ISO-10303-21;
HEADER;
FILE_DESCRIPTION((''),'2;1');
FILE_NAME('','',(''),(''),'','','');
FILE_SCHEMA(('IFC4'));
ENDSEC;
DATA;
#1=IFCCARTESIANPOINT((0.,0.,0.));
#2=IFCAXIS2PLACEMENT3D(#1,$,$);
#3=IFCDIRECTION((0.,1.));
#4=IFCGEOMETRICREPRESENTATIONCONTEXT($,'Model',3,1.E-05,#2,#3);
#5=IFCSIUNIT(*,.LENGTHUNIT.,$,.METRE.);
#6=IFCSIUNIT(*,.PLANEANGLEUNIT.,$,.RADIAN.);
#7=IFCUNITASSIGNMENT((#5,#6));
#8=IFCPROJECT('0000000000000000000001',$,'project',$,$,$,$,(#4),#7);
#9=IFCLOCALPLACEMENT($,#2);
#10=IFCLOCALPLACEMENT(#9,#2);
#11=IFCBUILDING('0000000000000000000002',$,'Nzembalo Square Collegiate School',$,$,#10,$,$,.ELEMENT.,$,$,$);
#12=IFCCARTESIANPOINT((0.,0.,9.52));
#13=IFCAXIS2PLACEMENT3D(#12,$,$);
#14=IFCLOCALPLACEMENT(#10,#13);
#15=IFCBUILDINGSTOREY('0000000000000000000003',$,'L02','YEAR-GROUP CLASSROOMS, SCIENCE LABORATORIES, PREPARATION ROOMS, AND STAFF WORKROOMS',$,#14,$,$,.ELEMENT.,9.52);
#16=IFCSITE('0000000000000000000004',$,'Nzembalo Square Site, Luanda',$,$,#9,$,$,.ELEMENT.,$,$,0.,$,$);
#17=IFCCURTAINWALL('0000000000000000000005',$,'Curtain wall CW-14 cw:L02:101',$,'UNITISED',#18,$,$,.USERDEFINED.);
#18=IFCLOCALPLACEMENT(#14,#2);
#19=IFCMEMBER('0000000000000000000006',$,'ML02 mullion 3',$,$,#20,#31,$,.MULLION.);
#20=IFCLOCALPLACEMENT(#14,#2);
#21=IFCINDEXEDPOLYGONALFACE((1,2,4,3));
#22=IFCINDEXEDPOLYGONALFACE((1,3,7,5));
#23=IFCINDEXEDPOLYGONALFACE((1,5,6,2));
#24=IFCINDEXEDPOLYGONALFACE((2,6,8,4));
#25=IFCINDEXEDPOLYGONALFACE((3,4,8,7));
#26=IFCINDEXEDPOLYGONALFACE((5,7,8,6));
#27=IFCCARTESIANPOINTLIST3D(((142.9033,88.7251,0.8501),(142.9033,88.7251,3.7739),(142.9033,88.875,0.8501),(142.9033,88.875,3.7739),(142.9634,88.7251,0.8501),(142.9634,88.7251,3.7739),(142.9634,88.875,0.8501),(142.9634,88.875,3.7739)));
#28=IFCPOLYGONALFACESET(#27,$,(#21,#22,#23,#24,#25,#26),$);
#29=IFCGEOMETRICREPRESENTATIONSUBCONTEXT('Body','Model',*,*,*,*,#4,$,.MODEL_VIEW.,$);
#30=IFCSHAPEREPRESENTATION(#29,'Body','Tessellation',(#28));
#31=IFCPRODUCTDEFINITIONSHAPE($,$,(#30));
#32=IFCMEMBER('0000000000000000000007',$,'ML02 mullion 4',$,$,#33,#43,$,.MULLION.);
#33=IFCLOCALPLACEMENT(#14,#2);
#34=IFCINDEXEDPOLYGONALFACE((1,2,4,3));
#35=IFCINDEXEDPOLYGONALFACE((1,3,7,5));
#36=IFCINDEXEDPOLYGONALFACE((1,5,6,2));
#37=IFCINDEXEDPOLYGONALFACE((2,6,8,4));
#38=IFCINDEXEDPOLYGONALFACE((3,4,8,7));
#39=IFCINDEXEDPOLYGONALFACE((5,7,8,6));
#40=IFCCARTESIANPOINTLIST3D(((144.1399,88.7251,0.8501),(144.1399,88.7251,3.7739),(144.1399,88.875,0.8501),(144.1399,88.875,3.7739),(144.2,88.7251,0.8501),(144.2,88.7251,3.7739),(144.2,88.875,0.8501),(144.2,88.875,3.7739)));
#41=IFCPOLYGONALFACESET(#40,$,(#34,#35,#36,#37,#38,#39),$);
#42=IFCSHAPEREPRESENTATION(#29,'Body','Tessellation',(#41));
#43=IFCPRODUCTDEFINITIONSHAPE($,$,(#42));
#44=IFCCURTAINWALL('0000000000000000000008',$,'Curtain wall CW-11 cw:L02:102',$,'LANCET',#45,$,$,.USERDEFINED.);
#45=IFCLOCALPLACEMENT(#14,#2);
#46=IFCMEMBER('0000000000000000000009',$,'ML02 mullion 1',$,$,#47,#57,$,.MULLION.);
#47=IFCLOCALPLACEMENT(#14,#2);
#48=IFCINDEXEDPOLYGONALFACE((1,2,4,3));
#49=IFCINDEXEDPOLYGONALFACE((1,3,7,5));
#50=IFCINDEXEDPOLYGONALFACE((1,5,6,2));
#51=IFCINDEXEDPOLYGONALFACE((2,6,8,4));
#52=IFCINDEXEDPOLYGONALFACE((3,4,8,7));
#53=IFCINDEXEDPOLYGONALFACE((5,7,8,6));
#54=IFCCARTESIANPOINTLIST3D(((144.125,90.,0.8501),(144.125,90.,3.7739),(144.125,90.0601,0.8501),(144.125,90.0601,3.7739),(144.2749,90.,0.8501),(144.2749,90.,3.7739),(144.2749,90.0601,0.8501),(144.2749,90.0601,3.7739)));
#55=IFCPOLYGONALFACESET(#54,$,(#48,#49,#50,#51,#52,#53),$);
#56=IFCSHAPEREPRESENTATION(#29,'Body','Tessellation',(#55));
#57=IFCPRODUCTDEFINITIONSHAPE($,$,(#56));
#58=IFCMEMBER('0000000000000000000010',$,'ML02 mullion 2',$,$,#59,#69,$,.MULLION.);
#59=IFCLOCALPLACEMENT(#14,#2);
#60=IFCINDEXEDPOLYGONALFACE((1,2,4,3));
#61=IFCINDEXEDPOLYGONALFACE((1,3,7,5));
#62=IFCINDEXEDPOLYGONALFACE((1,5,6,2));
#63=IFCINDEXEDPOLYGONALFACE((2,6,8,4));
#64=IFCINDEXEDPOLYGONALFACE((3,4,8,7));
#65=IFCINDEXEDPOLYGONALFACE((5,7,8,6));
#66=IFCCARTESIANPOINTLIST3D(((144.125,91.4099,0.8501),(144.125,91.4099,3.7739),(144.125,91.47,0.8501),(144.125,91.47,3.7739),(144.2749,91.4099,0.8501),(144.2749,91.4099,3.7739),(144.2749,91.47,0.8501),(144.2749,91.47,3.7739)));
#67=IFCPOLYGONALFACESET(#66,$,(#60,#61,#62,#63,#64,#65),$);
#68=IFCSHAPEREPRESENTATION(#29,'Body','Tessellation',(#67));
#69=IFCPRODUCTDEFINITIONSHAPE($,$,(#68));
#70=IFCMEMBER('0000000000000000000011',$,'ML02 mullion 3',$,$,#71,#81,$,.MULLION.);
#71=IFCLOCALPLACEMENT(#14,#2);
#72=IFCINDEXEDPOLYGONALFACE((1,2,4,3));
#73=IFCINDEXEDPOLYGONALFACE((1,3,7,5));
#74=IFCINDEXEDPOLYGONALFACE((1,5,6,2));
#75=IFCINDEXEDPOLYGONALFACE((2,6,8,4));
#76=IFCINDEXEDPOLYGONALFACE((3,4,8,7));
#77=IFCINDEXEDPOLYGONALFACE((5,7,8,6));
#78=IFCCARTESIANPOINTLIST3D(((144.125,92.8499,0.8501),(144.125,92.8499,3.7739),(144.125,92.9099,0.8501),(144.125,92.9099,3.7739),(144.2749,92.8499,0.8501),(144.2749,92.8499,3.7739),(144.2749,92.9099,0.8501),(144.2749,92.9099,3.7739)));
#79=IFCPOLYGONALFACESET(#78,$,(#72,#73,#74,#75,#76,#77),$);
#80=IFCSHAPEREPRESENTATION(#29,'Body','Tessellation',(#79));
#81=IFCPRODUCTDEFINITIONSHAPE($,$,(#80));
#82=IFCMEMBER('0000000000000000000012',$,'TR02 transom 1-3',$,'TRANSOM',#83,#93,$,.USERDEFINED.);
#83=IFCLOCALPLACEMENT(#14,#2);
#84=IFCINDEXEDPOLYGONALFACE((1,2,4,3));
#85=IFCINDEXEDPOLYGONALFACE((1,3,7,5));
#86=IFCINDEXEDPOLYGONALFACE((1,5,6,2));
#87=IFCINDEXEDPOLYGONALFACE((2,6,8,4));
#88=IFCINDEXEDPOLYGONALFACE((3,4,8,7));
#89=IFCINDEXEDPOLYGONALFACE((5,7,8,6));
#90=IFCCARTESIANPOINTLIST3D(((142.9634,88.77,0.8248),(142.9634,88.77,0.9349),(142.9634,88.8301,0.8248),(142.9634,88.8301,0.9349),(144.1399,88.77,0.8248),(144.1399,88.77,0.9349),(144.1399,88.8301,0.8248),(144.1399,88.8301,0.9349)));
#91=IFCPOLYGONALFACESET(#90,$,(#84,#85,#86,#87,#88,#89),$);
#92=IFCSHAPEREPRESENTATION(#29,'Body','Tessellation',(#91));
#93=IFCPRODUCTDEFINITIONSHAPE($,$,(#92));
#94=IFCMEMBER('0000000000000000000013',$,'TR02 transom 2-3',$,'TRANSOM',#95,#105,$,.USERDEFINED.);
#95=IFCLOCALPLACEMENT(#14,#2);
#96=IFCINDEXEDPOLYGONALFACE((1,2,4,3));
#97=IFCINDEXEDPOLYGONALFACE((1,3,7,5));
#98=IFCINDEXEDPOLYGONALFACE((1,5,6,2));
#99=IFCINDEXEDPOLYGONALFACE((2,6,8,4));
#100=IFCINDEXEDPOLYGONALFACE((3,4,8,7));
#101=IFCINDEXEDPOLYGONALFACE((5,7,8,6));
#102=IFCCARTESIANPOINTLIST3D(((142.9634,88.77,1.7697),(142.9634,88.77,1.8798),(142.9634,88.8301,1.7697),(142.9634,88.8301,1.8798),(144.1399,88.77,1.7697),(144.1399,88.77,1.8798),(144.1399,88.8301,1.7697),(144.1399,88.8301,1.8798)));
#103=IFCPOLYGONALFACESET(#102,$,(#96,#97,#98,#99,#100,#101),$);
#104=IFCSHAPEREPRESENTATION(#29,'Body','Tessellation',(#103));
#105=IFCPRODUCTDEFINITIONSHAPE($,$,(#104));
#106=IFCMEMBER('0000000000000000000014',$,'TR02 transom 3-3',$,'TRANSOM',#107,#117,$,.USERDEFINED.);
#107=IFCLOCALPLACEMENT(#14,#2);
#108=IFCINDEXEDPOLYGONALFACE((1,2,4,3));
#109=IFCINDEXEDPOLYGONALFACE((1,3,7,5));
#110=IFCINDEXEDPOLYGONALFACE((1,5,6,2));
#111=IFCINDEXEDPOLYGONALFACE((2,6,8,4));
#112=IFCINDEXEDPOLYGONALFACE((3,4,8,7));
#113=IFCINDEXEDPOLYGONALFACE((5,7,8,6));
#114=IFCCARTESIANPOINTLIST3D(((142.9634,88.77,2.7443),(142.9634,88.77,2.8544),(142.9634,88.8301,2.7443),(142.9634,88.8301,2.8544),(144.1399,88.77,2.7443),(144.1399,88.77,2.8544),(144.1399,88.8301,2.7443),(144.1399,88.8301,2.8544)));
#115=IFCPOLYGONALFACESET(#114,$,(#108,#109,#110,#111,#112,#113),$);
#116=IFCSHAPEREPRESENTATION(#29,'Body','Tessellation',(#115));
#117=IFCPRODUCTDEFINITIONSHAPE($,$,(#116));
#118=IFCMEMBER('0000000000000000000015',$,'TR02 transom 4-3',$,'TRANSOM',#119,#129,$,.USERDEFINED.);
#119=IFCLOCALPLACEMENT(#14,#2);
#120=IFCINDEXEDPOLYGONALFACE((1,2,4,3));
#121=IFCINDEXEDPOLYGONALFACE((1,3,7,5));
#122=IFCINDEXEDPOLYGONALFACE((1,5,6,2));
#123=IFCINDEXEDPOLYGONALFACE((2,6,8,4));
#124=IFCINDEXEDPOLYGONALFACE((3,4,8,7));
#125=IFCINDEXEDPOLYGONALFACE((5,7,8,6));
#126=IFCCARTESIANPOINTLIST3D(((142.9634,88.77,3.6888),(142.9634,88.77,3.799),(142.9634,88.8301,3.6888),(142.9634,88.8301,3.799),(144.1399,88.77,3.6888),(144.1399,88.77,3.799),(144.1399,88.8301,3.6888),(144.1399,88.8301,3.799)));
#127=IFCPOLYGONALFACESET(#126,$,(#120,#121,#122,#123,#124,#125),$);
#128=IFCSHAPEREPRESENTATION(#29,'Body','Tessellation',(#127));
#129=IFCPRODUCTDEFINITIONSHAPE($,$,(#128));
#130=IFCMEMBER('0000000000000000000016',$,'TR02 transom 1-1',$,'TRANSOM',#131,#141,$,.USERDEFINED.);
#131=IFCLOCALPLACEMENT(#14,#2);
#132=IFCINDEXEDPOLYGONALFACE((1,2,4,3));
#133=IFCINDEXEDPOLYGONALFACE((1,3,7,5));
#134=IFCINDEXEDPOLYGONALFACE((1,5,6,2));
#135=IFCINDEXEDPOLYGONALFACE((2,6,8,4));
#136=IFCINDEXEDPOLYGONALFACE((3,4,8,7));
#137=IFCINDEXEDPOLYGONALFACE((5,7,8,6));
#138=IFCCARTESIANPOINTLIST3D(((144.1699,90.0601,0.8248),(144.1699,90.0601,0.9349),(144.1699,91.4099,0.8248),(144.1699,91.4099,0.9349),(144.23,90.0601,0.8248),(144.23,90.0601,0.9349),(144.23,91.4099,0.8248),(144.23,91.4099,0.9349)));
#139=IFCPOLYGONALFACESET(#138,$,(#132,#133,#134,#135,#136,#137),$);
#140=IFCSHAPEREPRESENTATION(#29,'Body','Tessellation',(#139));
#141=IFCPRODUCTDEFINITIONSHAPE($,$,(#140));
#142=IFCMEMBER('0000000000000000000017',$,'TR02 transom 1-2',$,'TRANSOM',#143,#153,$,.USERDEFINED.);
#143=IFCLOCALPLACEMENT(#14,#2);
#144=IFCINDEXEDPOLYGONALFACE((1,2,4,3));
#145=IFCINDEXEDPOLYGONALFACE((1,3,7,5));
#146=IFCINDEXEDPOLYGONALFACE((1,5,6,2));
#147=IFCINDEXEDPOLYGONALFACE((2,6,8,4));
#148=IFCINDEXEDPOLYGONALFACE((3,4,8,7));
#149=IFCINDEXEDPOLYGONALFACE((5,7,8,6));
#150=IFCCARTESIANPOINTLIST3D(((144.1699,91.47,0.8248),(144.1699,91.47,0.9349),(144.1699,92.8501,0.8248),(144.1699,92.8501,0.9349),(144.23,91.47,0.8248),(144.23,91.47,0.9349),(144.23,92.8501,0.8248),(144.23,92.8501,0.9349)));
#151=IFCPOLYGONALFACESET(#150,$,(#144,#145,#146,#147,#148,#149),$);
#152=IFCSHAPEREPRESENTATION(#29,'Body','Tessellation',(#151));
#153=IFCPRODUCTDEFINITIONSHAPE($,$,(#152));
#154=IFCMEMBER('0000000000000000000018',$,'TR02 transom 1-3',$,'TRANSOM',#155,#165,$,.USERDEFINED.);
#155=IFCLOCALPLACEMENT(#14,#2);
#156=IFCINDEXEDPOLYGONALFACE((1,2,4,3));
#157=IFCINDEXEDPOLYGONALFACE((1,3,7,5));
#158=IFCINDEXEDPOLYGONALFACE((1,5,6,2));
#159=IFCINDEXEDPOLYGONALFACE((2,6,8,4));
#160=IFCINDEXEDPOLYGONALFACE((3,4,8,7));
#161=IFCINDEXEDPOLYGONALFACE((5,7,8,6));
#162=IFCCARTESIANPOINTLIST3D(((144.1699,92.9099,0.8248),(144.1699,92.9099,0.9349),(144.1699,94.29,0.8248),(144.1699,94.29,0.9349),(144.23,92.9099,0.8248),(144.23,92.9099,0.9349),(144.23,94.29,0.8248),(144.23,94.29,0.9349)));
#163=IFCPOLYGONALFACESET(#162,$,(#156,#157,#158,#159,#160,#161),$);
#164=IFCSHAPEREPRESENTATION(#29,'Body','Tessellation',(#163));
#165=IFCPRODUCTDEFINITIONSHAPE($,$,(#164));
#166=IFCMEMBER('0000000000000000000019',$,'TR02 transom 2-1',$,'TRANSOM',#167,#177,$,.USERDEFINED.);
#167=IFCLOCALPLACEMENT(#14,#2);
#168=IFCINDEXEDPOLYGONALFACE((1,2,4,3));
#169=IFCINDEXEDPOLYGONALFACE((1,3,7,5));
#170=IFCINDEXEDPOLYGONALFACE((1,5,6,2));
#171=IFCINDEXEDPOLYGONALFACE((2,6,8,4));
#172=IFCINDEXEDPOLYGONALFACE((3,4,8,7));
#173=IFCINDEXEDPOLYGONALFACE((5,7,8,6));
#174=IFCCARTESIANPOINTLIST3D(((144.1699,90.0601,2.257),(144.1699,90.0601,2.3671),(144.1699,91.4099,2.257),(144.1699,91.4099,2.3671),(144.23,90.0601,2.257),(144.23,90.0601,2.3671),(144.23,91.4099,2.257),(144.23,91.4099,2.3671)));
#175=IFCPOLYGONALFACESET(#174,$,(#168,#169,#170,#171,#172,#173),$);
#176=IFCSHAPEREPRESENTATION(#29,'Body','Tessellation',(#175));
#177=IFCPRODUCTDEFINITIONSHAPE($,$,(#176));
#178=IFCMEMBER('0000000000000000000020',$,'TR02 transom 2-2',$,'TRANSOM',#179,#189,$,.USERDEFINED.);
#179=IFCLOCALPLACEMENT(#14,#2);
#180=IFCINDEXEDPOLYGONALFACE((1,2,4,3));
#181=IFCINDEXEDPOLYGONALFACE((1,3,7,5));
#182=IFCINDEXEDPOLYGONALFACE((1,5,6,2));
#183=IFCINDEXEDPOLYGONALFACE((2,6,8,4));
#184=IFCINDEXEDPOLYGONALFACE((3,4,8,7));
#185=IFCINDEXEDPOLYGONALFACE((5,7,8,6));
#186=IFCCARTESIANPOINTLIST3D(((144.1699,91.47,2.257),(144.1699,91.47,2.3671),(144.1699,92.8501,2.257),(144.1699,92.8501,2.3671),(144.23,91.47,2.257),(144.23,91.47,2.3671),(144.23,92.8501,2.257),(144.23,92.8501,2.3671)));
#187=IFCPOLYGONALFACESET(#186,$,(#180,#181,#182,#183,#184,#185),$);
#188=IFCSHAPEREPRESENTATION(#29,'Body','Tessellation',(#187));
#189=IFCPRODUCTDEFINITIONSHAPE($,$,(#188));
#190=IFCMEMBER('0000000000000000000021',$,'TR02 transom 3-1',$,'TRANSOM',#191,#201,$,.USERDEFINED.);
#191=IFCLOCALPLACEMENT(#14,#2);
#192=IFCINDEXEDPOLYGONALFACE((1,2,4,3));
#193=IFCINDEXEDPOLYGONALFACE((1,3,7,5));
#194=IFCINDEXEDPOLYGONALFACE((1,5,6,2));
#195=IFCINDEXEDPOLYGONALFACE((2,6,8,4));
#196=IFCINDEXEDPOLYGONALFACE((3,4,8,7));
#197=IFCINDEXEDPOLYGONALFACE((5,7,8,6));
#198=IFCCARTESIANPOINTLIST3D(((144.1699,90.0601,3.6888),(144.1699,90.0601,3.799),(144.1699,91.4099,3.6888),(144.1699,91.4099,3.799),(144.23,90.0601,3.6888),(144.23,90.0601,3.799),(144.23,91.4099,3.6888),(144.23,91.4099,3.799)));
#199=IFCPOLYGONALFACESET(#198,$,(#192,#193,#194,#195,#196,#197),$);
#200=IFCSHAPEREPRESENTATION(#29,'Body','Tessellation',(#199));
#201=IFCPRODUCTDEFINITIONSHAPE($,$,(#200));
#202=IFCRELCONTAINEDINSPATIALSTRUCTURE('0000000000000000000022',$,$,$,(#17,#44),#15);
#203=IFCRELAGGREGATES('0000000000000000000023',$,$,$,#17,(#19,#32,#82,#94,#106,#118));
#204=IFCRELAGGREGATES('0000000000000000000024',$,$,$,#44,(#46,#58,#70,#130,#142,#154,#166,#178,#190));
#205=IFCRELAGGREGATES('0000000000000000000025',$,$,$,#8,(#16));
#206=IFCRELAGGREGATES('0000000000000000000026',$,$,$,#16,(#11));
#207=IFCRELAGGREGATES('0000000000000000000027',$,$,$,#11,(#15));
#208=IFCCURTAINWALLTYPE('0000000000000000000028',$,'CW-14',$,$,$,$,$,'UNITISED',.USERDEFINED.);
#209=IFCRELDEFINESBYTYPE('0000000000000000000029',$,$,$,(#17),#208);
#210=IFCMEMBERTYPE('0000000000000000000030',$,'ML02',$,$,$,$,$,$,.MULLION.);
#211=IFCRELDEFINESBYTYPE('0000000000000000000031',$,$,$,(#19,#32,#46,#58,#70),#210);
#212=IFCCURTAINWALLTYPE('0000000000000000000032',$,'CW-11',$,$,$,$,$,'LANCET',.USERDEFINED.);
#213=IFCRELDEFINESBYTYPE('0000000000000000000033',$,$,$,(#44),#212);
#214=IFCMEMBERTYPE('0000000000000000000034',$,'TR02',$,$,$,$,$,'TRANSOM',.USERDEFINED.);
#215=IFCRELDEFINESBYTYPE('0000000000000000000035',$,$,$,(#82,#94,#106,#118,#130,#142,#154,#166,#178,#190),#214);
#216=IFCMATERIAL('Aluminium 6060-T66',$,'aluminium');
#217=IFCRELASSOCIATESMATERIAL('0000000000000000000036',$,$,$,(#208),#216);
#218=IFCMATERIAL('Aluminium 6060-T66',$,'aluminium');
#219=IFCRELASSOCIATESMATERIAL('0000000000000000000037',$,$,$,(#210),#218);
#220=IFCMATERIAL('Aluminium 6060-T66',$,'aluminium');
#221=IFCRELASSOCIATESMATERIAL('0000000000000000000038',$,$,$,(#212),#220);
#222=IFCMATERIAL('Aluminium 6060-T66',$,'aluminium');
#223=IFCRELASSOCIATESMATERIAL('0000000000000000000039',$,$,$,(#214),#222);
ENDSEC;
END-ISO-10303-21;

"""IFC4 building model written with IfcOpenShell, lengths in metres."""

from ifc_helpers import new_model, si_unit, direction, frame, origin, origin_2d, place, context, subcontext, project, spatial, rectangle, extrude, material, material_profile, profile_set, type_object, element, aggregate, save


model = new_model("IFC4")

# Units and contexts
model_context = context("Model", 3, precision=1e-05, world=origin(), true_north=direction((0.0, 1.0)))
body_context = subcontext(model_context, "Body", "Model", "MODEL_VIEW")
ifc_project = project(units=[si_unit("LENGTHUNIT", "METRE"), si_unit("PLANEANGLEUNIT", "RADIAN")], contexts=[model_context])

# Site, building, storey
site_placement = place(None, origin())
site = spatial("IfcSite", under=ifc_project, at=site_placement, Name="Nzembalo Square Site, Luanda", CompositionType="ELEMENT", RefElevation=0.0)
building_placement = place(site_placement, origin())
building = spatial("IfcBuilding", under=site, at=building_placement, Name="Nzembalo Square Collegiate School", CompositionType="ELEMENT")
storey_placement = place(building_placement, frame((0.0, 0.0, 9.52)))
storey = spatial("IfcBuildingStorey", under=building, at=storey_placement, Name="L02", Description="YEAR-GROUP CLASSROOMS, SCIENCE LABORATORIES, PREPARATION ROOMS, AND STAFF WORKROOMS", CompositionType="ELEMENT", Elevation=9.52)

# Curtain walls, members
ifc_material_1 = material(Name="Aluminium 6060-T66", Category="aluminium")
curtain_wall_type_1 = type_object("IfcCurtainWallType", Name="CW-14", ElementType="UNITISED", PredefinedType="USERDEFINED", material=ifc_material_1)
curtain_wall_1_placement = place(storey_placement, origin())
curtain_wall_1 = element("IfcCurtainWall", 1, at=curtain_wall_1_placement, inside=storey, type_object=curtain_wall_type_1, Name="Curtain wall CW-14 cw:L02:101", ObjectType="UNITISED", PredefinedType="USERDEFINED")
ifc_material_2 = material(Name="Aluminium 6060-T66", Category="aluminium")
ifc_material_profile_1 = material_profile(ifc_material_2, rectangle(XDim=0.0601, YDim=0.1499, at=origin_2d()), Name="ALU M60x150")
ifc_profile_set_1 = profile_set([ifc_material_profile_1], Name="Aluminium 6060-T66")
member_type_1 = type_object("IfcMemberType", Name="ML02", PredefinedType="MULLION", material=ifc_profile_set_1)
member_1_placement = place(storey_placement, frame((142.9333, 88.8, 0.8501), z_axis=(0.0, 0.0, 1.0), x_axis=(1.0, 0.0, 0.0)))
member_1 = element("IfcMember", 2, at=member_1_placement, type_object=member_type_1, Name="ML02 mullion 3", PredefinedType="MULLION", context=body_context, shape_type="SweptSolid", body=[
    extrude(rectangle(XDim=0.0601, YDim=0.1499, at=origin_2d()), origin(), (0.0, 0.0, 1.0), 2.9238),
])
member_2_placement = place(storey_placement, frame((144.1699, 88.8, 0.8501), z_axis=(0.0, 0.0, 1.0), x_axis=(1.0, 0.0, 0.0)))
member_2 = element("IfcMember", 3, at=member_2_placement, type_object=member_type_1, Name="ML02 mullion 4", PredefinedType="MULLION", context=body_context, shape_type="SweptSolid", body=[
    extrude(rectangle(XDim=0.0601, YDim=0.1499, at=origin_2d()), origin(), (0.0, 0.0, 1.0), 2.9238),
])
ifc_material_3 = material(Name="Aluminium 6060-T66", Category="aluminium")
curtain_wall_type_2 = type_object("IfcCurtainWallType", Name="CW-11", ElementType="LANCET", PredefinedType="USERDEFINED", material=ifc_material_3)
curtain_wall_2_placement = place(storey_placement, origin())
curtain_wall_2 = element("IfcCurtainWall", 4, at=curtain_wall_2_placement, inside=storey, type_object=curtain_wall_type_2, Name="Curtain wall CW-11 cw:L02:102", ObjectType="LANCET", PredefinedType="USERDEFINED")
member_3_placement = place(storey_placement, frame((144.2, 90.03, 0.8501), z_axis=(0.0, 0.0, 1.0), x_axis=(0.0, 1.0, 0.0)))
member_3 = element("IfcMember", 5, at=member_3_placement, type_object=member_type_1, Name="ML02 mullion 1", PredefinedType="MULLION", context=body_context, shape_type="SweptSolid", body=[
    extrude(rectangle(XDim=0.0601, YDim=0.1499, at=origin_2d()), origin(), (0.0, 0.0, 1.0), 2.9238),
])
member_4_placement = place(storey_placement, frame((144.2, 91.4399, 0.8501), z_axis=(0.0, 0.0, 1.0), x_axis=(0.0, 1.0, 0.0)))
member_4 = element("IfcMember", 6, at=member_4_placement, type_object=member_type_1, Name="ML02 mullion 2", PredefinedType="MULLION", context=body_context, shape_type="SweptSolid", body=[
    extrude(rectangle(XDim=0.0601, YDim=0.1499, at=origin_2d()), origin(), (0.0, 0.0, 1.0), 2.9238),
])
member_5_placement = place(storey_placement, frame((144.2, 92.8799, 0.8501), z_axis=(0.0, 0.0, 1.0), x_axis=(0.0, 1.0, 0.0)))
member_5 = element("IfcMember", 7, at=member_5_placement, type_object=member_type_1, Name="ML02 mullion 3", PredefinedType="MULLION", context=body_context, shape_type="SweptSolid", body=[
    extrude(rectangle(XDim=0.0601, YDim=0.1499, at=origin_2d()), origin(), (0.0, 0.0, 1.0), 2.9238),
])

# Members
ifc_material_4 = material(Name="Aluminium 6060-T66", Category="aluminium")
ifc_material_profile_2 = material_profile(ifc_material_4, rectangle(XDim=0.0601, YDim=0.1101, at=origin_2d()), Name="ALU T60x110")
ifc_profile_set_2 = profile_set([ifc_material_profile_2], Name="Aluminium 6060-T66")
member_type_2 = type_object("IfcMemberType", Name="TR02", ElementType="TRANSOM", PredefinedType="USERDEFINED", material=ifc_profile_set_2)
member_6_placement = place(storey_placement, frame((142.9634, 88.8, 0.8799), z_axis=(1.0, 0.0, 0.0), x_axis=(0.0, 1.0, 0.0)))
member_6 = element("IfcMember", 8, at=member_6_placement, type_object=member_type_2, Name="TR02 transom 1-3", ObjectType="TRANSOM", PredefinedType="USERDEFINED", context=body_context, shape_type="SweptSolid", body=[
    extrude(rectangle(XDim=0.0601, YDim=0.1101, at=origin_2d()), origin(), (0.0, 0.0, 1.0), 1.1765),
])
member_7_placement = place(storey_placement, frame((142.9634, 88.8, 1.8247), z_axis=(1.0, 0.0, 0.0), x_axis=(0.0, 1.0, 0.0)))
member_7 = element("IfcMember", 9, at=member_7_placement, type_object=member_type_2, Name="TR02 transom 2-3", ObjectType="TRANSOM", PredefinedType="USERDEFINED", context=body_context, shape_type="SweptSolid", body=[
    extrude(rectangle(XDim=0.0601, YDim=0.1101, at=origin_2d()), origin(), (0.0, 0.0, 1.0), 1.1765),
])
member_8_placement = place(storey_placement, frame((142.9634, 88.8, 2.7993), z_axis=(1.0, 0.0, 0.0), x_axis=(0.0, 1.0, 0.0)))
member_8 = element("IfcMember", 10, at=member_8_placement, type_object=member_type_2, Name="TR02 transom 3-3", ObjectType="TRANSOM", PredefinedType="USERDEFINED", context=body_context, shape_type="SweptSolid", body=[
    extrude(rectangle(XDim=0.0601, YDim=0.1101, at=origin_2d()), origin(), (0.0, 0.0, 1.0), 1.1765),
])
member_9_placement = place(storey_placement, frame((142.9634, 88.8, 3.7439), z_axis=(1.0, 0.0, 0.0), x_axis=(0.0, 1.0, 0.0)))
member_9 = element("IfcMember", 11, at=member_9_placement, type_object=member_type_2, Name="TR02 transom 4-3", ObjectType="TRANSOM", PredefinedType="USERDEFINED", context=body_context, shape_type="SweptSolid", body=[
    extrude(rectangle(XDim=0.0601, YDim=0.1101, at=origin_2d()), origin(), (0.0, 0.0, 1.0), 1.1765),
])
member_10_placement = place(storey_placement, frame((144.2, 90.0601, 0.8799), z_axis=(0.0, 1.0, 0.0), x_axis=(-1.0, 0.0, 0.0)))
member_10 = element("IfcMember", 12, at=member_10_placement, type_object=member_type_2, Name="TR02 transom 1-1", ObjectType="TRANSOM", PredefinedType="USERDEFINED", context=body_context, shape_type="SweptSolid", body=[
    extrude(rectangle(XDim=0.0601, YDim=0.1101, at=origin_2d()), origin(), (0.0, 0.0, 1.0), 1.3499),
])
member_11_placement = place(storey_placement, frame((144.2, 91.47, 0.8799), z_axis=(0.0, 1.0, 0.0), x_axis=(-1.0, 0.0, 0.0)))
member_11 = element("IfcMember", 13, at=member_11_placement, type_object=member_type_2, Name="TR02 transom 1-2", ObjectType="TRANSOM", PredefinedType="USERDEFINED", context=body_context, shape_type="SweptSolid", body=[
    extrude(rectangle(XDim=0.0601, YDim=0.1101, at=origin_2d()), origin(), (0.0, 0.0, 1.0), 1.3801),
])
member_12_placement = place(storey_placement, frame((144.2, 92.9099, 0.8799), z_axis=(0.0, 1.0, 0.0), x_axis=(-1.0, 0.0, 0.0)))
member_12 = element("IfcMember", 14, at=member_12_placement, type_object=member_type_2, Name="TR02 transom 1-3", ObjectType="TRANSOM", PredefinedType="USERDEFINED", context=body_context, shape_type="SweptSolid", body=[
    extrude(rectangle(XDim=0.0601, YDim=0.1101, at=origin_2d()), origin(), (0.0, 0.0, 1.0), 1.3801),
])
member_13_placement = place(storey_placement, frame((144.2, 90.0601, 2.312), z_axis=(0.0, 1.0, 0.0), x_axis=(-1.0, 0.0, 0.0)))
member_13 = element("IfcMember", 15, at=member_13_placement, type_object=member_type_2, Name="TR02 transom 2-1", ObjectType="TRANSOM", PredefinedType="USERDEFINED", context=body_context, shape_type="SweptSolid", body=[
    extrude(rectangle(XDim=0.0601, YDim=0.1101, at=origin_2d()), origin(), (0.0, 0.0, 1.0), 1.3499),
])
member_14_placement = place(storey_placement, frame((144.2, 91.47, 2.312), z_axis=(0.0, 1.0, 0.0), x_axis=(-1.0, 0.0, 0.0)))
member_14 = element("IfcMember", 16, at=member_14_placement, type_object=member_type_2, Name="TR02 transom 2-2", ObjectType="TRANSOM", PredefinedType="USERDEFINED", context=body_context, shape_type="SweptSolid", body=[
    extrude(rectangle(XDim=0.0601, YDim=0.1101, at=origin_2d()), origin(), (0.0, 0.0, 1.0), 1.3801),
])
member_15_placement = place(storey_placement, frame((144.2, 90.0601, 3.7439), z_axis=(0.0, 1.0, 0.0), x_axis=(-1.0, 0.0, 0.0)))
member_15 = element("IfcMember", 17, at=member_15_placement, type_object=member_type_2, Name="TR02 transom 3-1", ObjectType="TRANSOM", PredefinedType="USERDEFINED", context=body_context, shape_type="SweptSolid", body=[
    extrude(rectangle(XDim=0.0601, YDim=0.1101, at=origin_2d()), origin(), (0.0, 0.0, 1.0), 1.3499),
])

aggregate(curtain_wall_1, [member_1, member_2, member_6, member_7, member_8, member_9])
aggregate(curtain_wall_2, [member_3, member_4, member_5, member_10, member_11, member_12, member_13, member_14, member_15])

save(model, "model.ifc")
